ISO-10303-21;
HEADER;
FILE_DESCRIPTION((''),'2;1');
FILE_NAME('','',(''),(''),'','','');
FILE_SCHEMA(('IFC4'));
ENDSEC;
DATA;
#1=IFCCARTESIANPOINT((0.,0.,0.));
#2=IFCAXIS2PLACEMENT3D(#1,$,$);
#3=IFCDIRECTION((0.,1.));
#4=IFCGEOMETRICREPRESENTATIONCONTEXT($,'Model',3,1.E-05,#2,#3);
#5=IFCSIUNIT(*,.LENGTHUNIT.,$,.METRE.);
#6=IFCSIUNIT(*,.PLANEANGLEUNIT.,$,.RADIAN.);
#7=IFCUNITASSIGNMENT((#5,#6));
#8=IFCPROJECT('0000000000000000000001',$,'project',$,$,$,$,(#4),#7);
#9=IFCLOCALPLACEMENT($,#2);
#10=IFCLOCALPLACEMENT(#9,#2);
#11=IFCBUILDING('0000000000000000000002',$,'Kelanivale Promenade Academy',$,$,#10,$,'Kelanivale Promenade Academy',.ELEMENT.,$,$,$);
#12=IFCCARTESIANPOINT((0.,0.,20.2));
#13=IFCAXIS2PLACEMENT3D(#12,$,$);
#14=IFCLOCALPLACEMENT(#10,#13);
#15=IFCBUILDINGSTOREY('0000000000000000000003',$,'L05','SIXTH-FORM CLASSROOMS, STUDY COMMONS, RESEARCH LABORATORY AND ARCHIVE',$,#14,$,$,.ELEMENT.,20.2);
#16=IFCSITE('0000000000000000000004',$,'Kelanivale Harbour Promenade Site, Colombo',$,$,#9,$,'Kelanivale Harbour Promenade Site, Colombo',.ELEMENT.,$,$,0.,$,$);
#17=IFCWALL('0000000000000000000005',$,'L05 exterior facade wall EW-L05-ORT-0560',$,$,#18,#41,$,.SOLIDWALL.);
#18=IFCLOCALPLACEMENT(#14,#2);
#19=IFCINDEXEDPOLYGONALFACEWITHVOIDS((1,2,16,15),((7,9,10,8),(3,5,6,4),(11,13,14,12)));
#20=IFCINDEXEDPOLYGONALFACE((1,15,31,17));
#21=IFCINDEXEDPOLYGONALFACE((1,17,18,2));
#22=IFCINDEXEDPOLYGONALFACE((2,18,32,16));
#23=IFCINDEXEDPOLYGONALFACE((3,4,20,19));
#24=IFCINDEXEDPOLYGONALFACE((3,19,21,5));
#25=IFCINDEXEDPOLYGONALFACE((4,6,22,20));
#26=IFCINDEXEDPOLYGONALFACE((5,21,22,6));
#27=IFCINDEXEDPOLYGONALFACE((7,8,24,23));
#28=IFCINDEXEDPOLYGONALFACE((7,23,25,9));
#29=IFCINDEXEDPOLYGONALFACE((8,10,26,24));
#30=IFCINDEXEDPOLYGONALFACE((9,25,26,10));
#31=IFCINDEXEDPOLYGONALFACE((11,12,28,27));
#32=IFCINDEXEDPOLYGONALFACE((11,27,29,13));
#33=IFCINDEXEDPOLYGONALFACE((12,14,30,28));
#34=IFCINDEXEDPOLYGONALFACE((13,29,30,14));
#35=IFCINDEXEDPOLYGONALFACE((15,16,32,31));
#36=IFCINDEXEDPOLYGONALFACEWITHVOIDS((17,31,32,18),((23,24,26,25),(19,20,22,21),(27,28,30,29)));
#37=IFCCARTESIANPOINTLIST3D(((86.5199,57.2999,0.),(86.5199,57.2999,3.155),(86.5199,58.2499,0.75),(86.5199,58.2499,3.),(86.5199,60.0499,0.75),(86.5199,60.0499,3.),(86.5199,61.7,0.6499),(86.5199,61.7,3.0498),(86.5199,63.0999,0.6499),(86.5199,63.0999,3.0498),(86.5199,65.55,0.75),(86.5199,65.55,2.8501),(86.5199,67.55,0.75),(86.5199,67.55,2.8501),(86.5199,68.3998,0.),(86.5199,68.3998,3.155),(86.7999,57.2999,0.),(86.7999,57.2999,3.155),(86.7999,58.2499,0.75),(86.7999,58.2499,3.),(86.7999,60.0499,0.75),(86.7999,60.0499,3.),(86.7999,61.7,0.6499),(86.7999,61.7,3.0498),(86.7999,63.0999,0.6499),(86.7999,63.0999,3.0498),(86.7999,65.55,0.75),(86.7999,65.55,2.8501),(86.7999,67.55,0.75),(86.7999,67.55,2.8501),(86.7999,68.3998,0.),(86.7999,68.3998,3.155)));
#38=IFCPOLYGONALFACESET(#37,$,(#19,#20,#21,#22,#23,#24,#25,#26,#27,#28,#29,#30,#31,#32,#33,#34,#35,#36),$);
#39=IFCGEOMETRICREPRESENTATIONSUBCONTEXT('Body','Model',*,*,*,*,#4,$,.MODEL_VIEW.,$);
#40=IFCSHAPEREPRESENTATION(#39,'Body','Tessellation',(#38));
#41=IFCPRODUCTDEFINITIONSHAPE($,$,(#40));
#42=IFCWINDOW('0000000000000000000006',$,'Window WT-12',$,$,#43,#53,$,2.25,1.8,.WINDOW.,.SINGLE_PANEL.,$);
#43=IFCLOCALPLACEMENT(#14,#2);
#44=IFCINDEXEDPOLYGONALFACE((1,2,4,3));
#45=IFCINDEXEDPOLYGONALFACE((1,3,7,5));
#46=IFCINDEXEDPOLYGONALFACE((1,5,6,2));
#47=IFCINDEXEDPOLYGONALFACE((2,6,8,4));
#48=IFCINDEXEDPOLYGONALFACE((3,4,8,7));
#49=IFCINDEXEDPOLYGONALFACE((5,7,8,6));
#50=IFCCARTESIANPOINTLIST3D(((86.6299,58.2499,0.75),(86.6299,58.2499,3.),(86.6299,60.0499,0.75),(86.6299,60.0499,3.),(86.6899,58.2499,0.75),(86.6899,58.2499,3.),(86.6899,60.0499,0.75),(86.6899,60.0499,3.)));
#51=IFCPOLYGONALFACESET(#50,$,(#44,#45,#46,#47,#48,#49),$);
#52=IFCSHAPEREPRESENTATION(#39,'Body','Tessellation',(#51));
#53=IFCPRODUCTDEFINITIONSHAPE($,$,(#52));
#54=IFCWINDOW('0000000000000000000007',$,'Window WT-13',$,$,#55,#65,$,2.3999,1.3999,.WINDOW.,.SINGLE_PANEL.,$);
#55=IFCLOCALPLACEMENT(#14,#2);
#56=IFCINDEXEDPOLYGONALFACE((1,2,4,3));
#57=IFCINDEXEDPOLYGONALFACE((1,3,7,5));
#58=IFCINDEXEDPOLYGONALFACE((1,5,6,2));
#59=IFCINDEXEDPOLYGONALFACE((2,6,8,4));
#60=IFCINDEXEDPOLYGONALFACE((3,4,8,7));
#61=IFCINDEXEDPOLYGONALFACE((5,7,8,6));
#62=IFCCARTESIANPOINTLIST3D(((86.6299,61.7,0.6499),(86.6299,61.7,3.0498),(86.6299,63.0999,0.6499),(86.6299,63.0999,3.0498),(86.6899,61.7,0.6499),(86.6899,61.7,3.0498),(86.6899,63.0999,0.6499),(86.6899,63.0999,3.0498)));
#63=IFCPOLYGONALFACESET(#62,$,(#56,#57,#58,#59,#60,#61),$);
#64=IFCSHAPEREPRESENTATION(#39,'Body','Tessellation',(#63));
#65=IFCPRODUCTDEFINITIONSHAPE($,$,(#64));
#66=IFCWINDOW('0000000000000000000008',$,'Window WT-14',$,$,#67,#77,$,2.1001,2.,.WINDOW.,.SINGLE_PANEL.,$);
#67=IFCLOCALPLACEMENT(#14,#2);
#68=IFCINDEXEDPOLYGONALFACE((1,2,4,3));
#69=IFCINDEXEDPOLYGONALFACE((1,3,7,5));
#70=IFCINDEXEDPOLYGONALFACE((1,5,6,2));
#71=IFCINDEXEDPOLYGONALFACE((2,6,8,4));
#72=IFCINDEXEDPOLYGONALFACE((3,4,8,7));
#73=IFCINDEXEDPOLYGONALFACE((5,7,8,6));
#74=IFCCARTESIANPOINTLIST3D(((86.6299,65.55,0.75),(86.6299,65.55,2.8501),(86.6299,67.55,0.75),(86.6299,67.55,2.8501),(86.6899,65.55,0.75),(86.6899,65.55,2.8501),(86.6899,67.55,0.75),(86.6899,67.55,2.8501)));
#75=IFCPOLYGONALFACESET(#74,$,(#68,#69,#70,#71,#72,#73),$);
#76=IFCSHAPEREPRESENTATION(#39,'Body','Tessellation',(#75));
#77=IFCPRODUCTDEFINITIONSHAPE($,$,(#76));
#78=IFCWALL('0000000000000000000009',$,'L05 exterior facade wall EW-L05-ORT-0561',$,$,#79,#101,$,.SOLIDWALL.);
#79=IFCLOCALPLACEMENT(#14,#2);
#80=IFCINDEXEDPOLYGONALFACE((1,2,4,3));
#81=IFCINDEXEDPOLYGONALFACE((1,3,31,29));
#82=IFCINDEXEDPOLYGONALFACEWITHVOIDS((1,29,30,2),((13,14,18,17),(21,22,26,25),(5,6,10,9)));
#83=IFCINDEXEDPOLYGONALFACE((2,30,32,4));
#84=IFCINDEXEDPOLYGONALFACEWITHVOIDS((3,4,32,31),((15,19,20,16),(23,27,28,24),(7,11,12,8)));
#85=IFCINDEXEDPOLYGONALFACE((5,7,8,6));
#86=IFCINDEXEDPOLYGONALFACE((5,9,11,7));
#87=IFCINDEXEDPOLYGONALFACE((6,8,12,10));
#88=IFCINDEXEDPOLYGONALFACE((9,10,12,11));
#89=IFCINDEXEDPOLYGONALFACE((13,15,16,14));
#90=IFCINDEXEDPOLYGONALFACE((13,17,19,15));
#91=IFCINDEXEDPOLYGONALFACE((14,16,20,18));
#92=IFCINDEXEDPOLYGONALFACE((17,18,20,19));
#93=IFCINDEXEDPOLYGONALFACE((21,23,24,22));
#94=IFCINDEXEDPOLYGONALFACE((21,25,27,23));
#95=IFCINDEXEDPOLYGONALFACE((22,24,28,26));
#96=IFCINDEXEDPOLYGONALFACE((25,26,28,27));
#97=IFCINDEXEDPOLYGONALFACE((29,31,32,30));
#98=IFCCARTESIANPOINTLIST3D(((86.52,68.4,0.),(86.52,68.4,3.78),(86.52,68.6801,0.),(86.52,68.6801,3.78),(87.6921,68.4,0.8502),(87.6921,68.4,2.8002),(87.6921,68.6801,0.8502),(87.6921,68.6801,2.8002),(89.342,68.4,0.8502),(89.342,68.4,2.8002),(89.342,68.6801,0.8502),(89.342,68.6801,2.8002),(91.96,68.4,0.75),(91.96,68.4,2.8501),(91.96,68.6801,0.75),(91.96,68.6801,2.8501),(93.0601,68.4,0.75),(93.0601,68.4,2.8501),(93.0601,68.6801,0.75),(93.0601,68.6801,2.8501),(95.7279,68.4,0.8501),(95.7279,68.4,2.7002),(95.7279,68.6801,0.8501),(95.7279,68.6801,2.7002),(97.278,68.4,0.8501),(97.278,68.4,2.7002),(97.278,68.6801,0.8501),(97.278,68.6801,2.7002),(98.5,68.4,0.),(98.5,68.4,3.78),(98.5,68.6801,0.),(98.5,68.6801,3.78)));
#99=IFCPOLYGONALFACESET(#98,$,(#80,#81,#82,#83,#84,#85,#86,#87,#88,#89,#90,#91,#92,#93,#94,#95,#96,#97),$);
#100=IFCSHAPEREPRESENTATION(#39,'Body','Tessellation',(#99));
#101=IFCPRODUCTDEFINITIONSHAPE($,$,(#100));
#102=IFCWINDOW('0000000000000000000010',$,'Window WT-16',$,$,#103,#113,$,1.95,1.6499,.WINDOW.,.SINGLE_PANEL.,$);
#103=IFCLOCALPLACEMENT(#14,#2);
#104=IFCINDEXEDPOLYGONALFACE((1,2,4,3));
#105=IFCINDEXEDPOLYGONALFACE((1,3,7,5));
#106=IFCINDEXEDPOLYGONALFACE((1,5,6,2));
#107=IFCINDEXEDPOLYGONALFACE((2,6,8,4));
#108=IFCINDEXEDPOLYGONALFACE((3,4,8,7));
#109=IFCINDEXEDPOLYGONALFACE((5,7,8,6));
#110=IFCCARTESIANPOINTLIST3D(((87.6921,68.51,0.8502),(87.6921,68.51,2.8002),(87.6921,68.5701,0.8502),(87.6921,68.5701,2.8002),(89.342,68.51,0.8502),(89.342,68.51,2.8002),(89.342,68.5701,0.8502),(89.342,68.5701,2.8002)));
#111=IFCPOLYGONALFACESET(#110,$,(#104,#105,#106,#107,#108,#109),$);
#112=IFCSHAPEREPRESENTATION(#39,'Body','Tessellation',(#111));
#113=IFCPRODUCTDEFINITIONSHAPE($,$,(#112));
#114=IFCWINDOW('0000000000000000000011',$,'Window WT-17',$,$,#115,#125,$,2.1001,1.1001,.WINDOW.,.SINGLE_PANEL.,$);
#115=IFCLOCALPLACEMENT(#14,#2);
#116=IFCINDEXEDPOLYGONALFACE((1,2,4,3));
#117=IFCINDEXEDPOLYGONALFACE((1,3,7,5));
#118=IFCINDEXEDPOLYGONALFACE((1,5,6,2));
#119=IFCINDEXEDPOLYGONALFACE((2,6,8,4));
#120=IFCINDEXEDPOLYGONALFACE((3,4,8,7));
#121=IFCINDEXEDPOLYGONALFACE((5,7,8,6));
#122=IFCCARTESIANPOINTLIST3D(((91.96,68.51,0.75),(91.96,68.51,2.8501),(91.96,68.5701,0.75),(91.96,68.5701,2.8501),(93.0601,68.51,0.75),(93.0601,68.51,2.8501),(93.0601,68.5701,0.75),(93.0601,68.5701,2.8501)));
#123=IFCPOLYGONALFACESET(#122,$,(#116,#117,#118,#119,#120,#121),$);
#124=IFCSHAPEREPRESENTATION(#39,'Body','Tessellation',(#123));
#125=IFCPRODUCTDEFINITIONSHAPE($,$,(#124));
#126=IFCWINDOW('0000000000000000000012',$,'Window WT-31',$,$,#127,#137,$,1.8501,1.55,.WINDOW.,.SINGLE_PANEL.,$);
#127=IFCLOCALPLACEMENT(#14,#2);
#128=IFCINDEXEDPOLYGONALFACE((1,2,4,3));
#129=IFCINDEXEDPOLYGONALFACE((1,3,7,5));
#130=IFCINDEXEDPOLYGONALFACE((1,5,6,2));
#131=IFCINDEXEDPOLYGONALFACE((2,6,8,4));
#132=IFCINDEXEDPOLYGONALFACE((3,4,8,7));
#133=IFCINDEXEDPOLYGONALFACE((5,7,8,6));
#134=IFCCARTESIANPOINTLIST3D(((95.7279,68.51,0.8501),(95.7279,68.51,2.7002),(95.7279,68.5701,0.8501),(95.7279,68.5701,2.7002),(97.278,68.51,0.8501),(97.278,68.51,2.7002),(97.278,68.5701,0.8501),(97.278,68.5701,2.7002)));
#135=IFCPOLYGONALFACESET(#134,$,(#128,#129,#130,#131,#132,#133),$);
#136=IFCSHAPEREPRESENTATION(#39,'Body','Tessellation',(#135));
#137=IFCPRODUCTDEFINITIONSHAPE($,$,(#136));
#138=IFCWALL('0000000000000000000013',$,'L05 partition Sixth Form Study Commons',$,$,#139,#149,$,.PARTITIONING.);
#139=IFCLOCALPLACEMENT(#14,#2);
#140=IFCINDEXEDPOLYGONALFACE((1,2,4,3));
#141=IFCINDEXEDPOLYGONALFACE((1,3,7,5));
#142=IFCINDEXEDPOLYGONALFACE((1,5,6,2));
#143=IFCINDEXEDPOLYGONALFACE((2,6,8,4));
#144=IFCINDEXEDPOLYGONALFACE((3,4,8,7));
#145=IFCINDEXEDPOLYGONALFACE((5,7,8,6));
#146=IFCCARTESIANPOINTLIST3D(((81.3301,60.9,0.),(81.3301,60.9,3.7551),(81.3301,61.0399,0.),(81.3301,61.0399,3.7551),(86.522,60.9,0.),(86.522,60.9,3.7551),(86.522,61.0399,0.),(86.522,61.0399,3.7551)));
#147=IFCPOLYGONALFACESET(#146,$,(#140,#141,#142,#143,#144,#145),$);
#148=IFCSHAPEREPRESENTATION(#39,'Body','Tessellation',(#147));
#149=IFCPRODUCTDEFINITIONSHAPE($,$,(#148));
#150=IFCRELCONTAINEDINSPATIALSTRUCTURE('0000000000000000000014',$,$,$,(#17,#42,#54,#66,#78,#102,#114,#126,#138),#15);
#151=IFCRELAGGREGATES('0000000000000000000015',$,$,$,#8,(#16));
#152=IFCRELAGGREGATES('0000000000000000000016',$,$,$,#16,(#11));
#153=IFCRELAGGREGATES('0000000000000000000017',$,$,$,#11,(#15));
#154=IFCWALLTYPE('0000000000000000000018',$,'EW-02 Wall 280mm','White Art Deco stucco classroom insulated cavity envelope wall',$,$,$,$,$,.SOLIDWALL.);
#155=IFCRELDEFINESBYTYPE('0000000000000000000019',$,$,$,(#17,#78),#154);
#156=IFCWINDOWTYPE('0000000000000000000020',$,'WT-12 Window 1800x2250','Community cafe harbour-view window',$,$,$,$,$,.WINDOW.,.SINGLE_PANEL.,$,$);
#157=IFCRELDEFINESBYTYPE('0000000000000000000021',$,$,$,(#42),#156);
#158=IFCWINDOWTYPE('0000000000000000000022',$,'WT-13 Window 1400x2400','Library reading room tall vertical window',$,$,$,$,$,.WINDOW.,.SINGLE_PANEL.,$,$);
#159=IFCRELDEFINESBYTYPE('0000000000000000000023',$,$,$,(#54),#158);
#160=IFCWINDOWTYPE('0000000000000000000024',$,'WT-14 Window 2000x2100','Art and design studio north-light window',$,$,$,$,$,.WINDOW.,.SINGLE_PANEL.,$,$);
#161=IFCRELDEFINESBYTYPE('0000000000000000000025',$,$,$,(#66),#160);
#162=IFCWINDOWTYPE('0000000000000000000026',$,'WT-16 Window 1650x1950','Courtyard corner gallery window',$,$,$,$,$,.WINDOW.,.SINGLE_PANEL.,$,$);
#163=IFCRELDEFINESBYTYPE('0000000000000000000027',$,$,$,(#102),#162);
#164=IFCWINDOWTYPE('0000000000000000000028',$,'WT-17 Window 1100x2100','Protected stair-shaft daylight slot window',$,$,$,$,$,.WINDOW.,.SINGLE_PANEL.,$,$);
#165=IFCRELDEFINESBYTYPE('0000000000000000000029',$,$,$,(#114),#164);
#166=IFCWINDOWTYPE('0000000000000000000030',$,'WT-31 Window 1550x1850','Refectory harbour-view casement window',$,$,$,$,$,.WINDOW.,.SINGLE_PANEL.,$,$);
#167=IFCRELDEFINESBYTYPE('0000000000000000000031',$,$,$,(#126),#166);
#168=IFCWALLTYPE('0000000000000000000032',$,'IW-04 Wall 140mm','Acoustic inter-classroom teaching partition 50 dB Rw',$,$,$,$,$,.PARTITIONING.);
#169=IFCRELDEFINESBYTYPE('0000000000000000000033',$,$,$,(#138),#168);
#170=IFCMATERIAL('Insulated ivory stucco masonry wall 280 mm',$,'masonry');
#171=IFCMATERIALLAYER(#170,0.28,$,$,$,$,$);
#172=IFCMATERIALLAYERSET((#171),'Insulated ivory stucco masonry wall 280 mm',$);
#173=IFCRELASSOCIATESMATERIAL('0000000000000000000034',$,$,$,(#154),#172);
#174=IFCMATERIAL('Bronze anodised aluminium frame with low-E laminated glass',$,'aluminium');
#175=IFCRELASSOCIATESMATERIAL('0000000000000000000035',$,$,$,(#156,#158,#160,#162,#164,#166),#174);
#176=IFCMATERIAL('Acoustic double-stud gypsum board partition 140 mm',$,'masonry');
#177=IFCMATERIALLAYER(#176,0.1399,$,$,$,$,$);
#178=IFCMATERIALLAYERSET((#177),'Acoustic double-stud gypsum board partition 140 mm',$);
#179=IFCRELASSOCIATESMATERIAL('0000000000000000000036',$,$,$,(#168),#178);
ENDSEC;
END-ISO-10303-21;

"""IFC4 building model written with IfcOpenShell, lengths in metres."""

from ifc_helpers import new_model, si_unit, direction, frame, frame_2d, origin, place, context, subcontext, project, spatial, rectangle, extrude, material, layer, layer_set, type_object, element, fill, save


model = new_model("IFC4")

# Units and contexts
model_context = context("Model", 3, precision=1e-05, world=origin(), true_north=direction((0.0, 1.0)))
body_context = subcontext(model_context, "Body", "Model", "MODEL_VIEW")
ifc_project = project(units=[si_unit("LENGTHUNIT", "METRE"), si_unit("PLANEANGLEUNIT", "RADIAN")], contexts=[model_context])

# Site, building, storey
site_placement = place(None, origin())
site = spatial("IfcSite", under=ifc_project, at=site_placement, Name="Kelanivale Harbour Promenade Site, Colombo", LongName="Kelanivale Harbour Promenade Site, Colombo", CompositionType="ELEMENT", RefElevation=0.0)
building_placement = place(site_placement, origin())
building = spatial("IfcBuilding", under=site, at=building_placement, Name="Kelanivale Promenade Academy", LongName="Kelanivale Promenade Academy", CompositionType="ELEMENT")
storey_placement = place(building_placement, frame((0.0, 0.0, 20.2)))
storey = spatial("IfcBuildingStorey", under=building, at=storey_placement, Name="L05", Description="SIXTH-FORM CLASSROOMS, STUDY COMMONS, RESEARCH LABORATORY AND ARCHIVE", CompositionType="ELEMENT", Elevation=20.2)

# Walls, openings, windows
ifc_material_1 = material(Name="Insulated ivory stucco masonry wall 280 mm", Category="masonry")
ifc_layer_1 = layer(ifc_material_1, 0.28)
ifc_layer_set_1 = layer_set([ifc_layer_1], Name="Insulated ivory stucco masonry wall 280 mm")
wall_type_1 = type_object("IfcWallType", Name="EW-02 Wall 280mm", Description="White Art Deco stucco classroom insulated cavity envelope wall", PredefinedType="SOLIDWALL", material=ifc_layer_set_1)
wall_1_placement = place(storey_placement, frame((86.6599, 57.3, 0.0), z_axis=(0.0, 0.0, 1.0), x_axis=(0.0, 1.0, 0.0)))
wall_1 = element("IfcWall", 1, at=wall_1_placement, inside=storey, type_object=wall_type_1, Name="L05 exterior facade wall EW-L05-ORT-0560", PredefinedType="SOLIDWALL", context=body_context, shape_type="SweptSolid", body=[
    extrude(rectangle(XDim=11.0999, YDim=0.28, at=frame_2d((5.5498, 0.0))), origin(), (0.0, 0.0, 1.0), 3.155),
])
opening_1_placement = place(wall_1_placement, frame((0.95, 0.0, 0.75)))
opening_1 = element("IfcOpeningElement", 2, at=opening_1_placement, cuts=wall_1, PredefinedType="OPENING", context=body_context, shape_type="SweptSolid", body=[
    extrude(rectangle(XDim=1.8, YDim=2.25, at=frame_2d((0.8999, 1.125))), frame((0.0, 0.1499, 0.0), z_axis=(0.0, -1.0, 0.0), x_axis=(1.0, 0.0, 0.0)), (0.0, 0.0, 1.0), 0.3),
])
opening_2_placement = place(wall_1_placement, frame((4.3999, 0.0, 0.6499)))
opening_2 = element("IfcOpeningElement", 3, at=opening_2_placement, cuts=wall_1, PredefinedType="OPENING", context=body_context, shape_type="SweptSolid", body=[
    extrude(rectangle(XDim=1.3999, YDim=2.3999, at=frame_2d((0.7, 1.2))), frame((0.0, 0.1499, 0.0), z_axis=(0.0, -1.0, 0.0), x_axis=(1.0, 0.0, 0.0)), (0.0, 0.0, 1.0), 0.3),
])
opening_3_placement = place(wall_1_placement, frame((8.25, 0.0, 0.75)))
opening_3 = element("IfcOpeningElement", 4, at=opening_3_placement, cuts=wall_1, PredefinedType="OPENING", context=body_context, shape_type="SweptSolid", body=[
    extrude(rectangle(XDim=2.0, YDim=2.1001, at=frame_2d((1.0, 1.05))), frame((0.0, 0.1499, 0.0), z_axis=(0.0, -1.0, 0.0), x_axis=(1.0, 0.0, 0.0)), (0.0, 0.0, 1.0), 0.3),
])
ifc_material_2 = material(Name="Bronze anodised aluminium frame with low-E laminated glass", Category="aluminium")
window_type_1 = type_object("IfcWindowType", Name="WT-12 Window 1800x2250", Description="Community cafe harbour-view window", PartitioningType="SINGLE_PANEL", PredefinedType="WINDOW", material=ifc_material_2)
window_1_placement = place(opening_1_placement, origin())
window_1 = element("IfcWindow", 5, at=window_1_placement, inside=storey, type_object=window_type_1, Name="Window WT-12", OverallHeight=2.25, OverallWidth=1.8, PartitioningType="SINGLE_PANEL", PredefinedType="WINDOW", context=body_context, shape_type="SweptSolid", body=[
    extrude(rectangle(XDim=1.8, YDim=2.25, at=frame_2d((0.8999, 1.125))), frame((0.0, 0.03, 0.0), z_axis=(0.0, -1.0, 0.0), x_axis=(1.0, 0.0, 0.0)), (0.0, 0.0, 1.0), 0.0601),
])
fill(opening_1, window_1)
window_type_2 = type_object("IfcWindowType", Name="WT-13 Window 1400x2400", Description="Library reading room tall vertical window", PartitioningType="SINGLE_PANEL", PredefinedType="WINDOW", material=ifc_material_2)
window_2_placement = place(opening_2_placement, origin())
window_2 = element("IfcWindow", 6, at=window_2_placement, inside=storey, type_object=window_type_2, Name="Window WT-13", OverallHeight=2.3999, OverallWidth=1.3999, PartitioningType="SINGLE_PANEL", PredefinedType="WINDOW", context=body_context, shape_type="SweptSolid", body=[
    extrude(rectangle(XDim=1.3999, YDim=2.3999, at=frame_2d((0.7, 1.2))), frame((0.0, 0.03, 0.0), z_axis=(0.0, -1.0, 0.0), x_axis=(1.0, 0.0, 0.0)), (0.0, 0.0, 1.0), 0.0601),
])
fill(opening_2, window_2)
window_type_3 = type_object("IfcWindowType", Name="WT-14 Window 2000x2100", Description="Art and design studio north-light window", PartitioningType="SINGLE_PANEL", PredefinedType="WINDOW", material=ifc_material_2)
window_3_placement = place(opening_3_placement, origin())
window_3 = element("IfcWindow", 7, at=window_3_placement, inside=storey, type_object=window_type_3, Name="Window WT-14", OverallHeight=2.1001, OverallWidth=2.0, PartitioningType="SINGLE_PANEL", PredefinedType="WINDOW", context=body_context, shape_type="SweptSolid", body=[
    extrude(rectangle(XDim=2.0, YDim=2.1001, at=frame_2d((1.0, 1.05))), frame((0.0, 0.03, 0.0), z_axis=(0.0, -1.0, 0.0), x_axis=(1.0, 0.0, 0.0)), (0.0, 0.0, 1.0), 0.0601),
])
fill(opening_3, window_3)
wall_2_placement = place(storey_placement, frame((86.52, 68.54, 0.0), z_axis=(0.0, 0.0, 1.0), x_axis=(1.0, 0.0, 0.0)))
wall_2 = element("IfcWall", 8, at=wall_2_placement, inside=storey, type_object=wall_type_1, Name="L05 exterior facade wall EW-L05-ORT-0561", PredefinedType="SOLIDWALL", context=body_context, shape_type="SweptSolid", body=[
    extrude(rectangle(XDim=11.98, YDim=0.28, at=frame_2d((5.99, 0.0))), origin(), (0.0, 0.0, 1.0), 3.78),
])
opening_4_placement = place(wall_2_placement, frame((1.1721, 0.0, 0.8501)))
opening_4 = element("IfcOpeningElement", 9, at=opening_4_placement, cuts=wall_2, PredefinedType="OPENING", context=body_context, shape_type="SweptSolid", body=[
    extrude(rectangle(XDim=1.6499, YDim=1.95, at=frame_2d((0.825, 0.9751))), frame((0.0, 0.1499, 0.0), z_axis=(0.0, -1.0, 0.0), x_axis=(1.0, 0.0, 0.0)), (0.0, 0.0, 1.0), 0.3),
])
opening_5_placement = place(wall_2_placement, frame((5.4399, 0.0, 0.75)))
opening_5 = element("IfcOpeningElement", 10, at=opening_5_placement, cuts=wall_2, PredefinedType="OPENING", context=body_context, shape_type="SweptSolid", body=[
    extrude(rectangle(XDim=1.1001, YDim=2.1001, at=frame_2d((0.55, 1.05))), frame((0.0, 0.1499, 0.0), z_axis=(0.0, -1.0, 0.0), x_axis=(1.0, 0.0, 0.0)), (0.0, 0.0, 1.0), 0.3),
])
opening_6_placement = place(wall_2_placement, frame((9.208, 0.0, 0.8501)))
opening_6 = element("IfcOpeningElement", 11, at=opening_6_placement, cuts=wall_2, PredefinedType="OPENING", context=body_context, shape_type="SweptSolid", body=[
    extrude(rectangle(XDim=1.55, YDim=1.8501, at=frame_2d((0.7749, 0.925))), frame((0.0, 0.1499, 0.0), z_axis=(0.0, -1.0, 0.0), x_axis=(1.0, 0.0, 0.0)), (0.0, 0.0, 1.0), 0.3),
])
window_type_4 = type_object("IfcWindowType", Name="WT-16 Window 1650x1950", Description="Courtyard corner gallery window", PartitioningType="SINGLE_PANEL", PredefinedType="WINDOW", material=ifc_material_2)
window_4_placement = place(opening_4_placement, origin())
window_4 = element("IfcWindow", 12, at=window_4_placement, inside=storey, type_object=window_type_4, Name="Window WT-16", OverallHeight=1.95, OverallWidth=1.6499, PartitioningType="SINGLE_PANEL", PredefinedType="WINDOW", context=body_context, shape_type="SweptSolid", body=[
    extrude(rectangle(XDim=1.6499, YDim=1.95, at=frame_2d((0.825, 0.9751))), frame((0.0, 0.03, 0.0), z_axis=(0.0, -1.0, 0.0), x_axis=(1.0, 0.0, 0.0)), (0.0, 0.0, 1.0), 0.0601),
])
fill(opening_4, window_4)
window_type_5 = type_object("IfcWindowType", Name="WT-17 Window 1100x2100", Description="Protected stair-shaft daylight slot window", PartitioningType="SINGLE_PANEL", PredefinedType="WINDOW", material=ifc_material_2)
window_5_placement = place(opening_5_placement, origin())
window_5 = element("IfcWindow", 13, at=window_5_placement, inside=storey, type_object=window_type_5, Name="Window WT-17", OverallHeight=2.1001, OverallWidth=1.1001, PartitioningType="SINGLE_PANEL", PredefinedType="WINDOW", context=body_context, shape_type="SweptSolid", body=[
    extrude(rectangle(XDim=1.1001, YDim=2.1001, at=frame_2d((0.55, 1.05))), frame((0.0, 0.03, 0.0), z_axis=(0.0, -1.0, 0.0), x_axis=(1.0, 0.0, 0.0)), (0.0, 0.0, 1.0), 0.0601),
])
fill(opening_5, window_5)
window_type_6 = type_object("IfcWindowType", Name="WT-31 Window 1550x1850", Description="Refectory harbour-view casement window", PartitioningType="SINGLE_PANEL", PredefinedType="WINDOW", material=ifc_material_2)
window_6_placement = place(opening_6_placement, origin())
window_6 = element("IfcWindow", 14, at=window_6_placement, inside=storey, type_object=window_type_6, Name="Window WT-31", OverallHeight=1.8501, OverallWidth=1.55, PartitioningType="SINGLE_PANEL", PredefinedType="WINDOW", context=body_context, shape_type="SweptSolid", body=[
    extrude(rectangle(XDim=1.55, YDim=1.8501, at=frame_2d((0.7749, 0.925))), frame((0.0, 0.03, 0.0), z_axis=(0.0, -1.0, 0.0), x_axis=(1.0, 0.0, 0.0)), (0.0, 0.0, 1.0), 0.0601),
])
fill(opening_6, window_6)

# Wall
ifc_material_3 = material(Name="Acoustic double-stud gypsum board partition 140 mm", Category="masonry")
ifc_layer_2 = layer(ifc_material_3, 0.1399)
ifc_layer_set_2 = layer_set([ifc_layer_2], Name="Acoustic double-stud gypsum board partition 140 mm")
wall_type_2 = type_object("IfcWallType", Name="IW-04 Wall 140mm", Description="Acoustic inter-classroom teaching partition 50 dB Rw", PredefinedType="PARTITIONING", material=ifc_layer_set_2)
wall_3_placement = place(storey_placement, frame((86.522, 60.97, 0.0), z_axis=(0.0, 0.0, 1.0), x_axis=(-1.0, 0.0, 0.0)))
element("IfcWall", 15, at=wall_3_placement, inside=storey, type_object=wall_type_2, Name="L05 partition Sixth Form Study Commons", PredefinedType="PARTITIONING", context=body_context, shape_type="SweptSolid", body=[
    extrude(rectangle(XDim=5.1919, YDim=0.1399, at=frame_2d((2.5959, 0.0))), origin(), (0.0, 0.0, 1.0), 3.7551),
])

save(model, "model.ifc")
